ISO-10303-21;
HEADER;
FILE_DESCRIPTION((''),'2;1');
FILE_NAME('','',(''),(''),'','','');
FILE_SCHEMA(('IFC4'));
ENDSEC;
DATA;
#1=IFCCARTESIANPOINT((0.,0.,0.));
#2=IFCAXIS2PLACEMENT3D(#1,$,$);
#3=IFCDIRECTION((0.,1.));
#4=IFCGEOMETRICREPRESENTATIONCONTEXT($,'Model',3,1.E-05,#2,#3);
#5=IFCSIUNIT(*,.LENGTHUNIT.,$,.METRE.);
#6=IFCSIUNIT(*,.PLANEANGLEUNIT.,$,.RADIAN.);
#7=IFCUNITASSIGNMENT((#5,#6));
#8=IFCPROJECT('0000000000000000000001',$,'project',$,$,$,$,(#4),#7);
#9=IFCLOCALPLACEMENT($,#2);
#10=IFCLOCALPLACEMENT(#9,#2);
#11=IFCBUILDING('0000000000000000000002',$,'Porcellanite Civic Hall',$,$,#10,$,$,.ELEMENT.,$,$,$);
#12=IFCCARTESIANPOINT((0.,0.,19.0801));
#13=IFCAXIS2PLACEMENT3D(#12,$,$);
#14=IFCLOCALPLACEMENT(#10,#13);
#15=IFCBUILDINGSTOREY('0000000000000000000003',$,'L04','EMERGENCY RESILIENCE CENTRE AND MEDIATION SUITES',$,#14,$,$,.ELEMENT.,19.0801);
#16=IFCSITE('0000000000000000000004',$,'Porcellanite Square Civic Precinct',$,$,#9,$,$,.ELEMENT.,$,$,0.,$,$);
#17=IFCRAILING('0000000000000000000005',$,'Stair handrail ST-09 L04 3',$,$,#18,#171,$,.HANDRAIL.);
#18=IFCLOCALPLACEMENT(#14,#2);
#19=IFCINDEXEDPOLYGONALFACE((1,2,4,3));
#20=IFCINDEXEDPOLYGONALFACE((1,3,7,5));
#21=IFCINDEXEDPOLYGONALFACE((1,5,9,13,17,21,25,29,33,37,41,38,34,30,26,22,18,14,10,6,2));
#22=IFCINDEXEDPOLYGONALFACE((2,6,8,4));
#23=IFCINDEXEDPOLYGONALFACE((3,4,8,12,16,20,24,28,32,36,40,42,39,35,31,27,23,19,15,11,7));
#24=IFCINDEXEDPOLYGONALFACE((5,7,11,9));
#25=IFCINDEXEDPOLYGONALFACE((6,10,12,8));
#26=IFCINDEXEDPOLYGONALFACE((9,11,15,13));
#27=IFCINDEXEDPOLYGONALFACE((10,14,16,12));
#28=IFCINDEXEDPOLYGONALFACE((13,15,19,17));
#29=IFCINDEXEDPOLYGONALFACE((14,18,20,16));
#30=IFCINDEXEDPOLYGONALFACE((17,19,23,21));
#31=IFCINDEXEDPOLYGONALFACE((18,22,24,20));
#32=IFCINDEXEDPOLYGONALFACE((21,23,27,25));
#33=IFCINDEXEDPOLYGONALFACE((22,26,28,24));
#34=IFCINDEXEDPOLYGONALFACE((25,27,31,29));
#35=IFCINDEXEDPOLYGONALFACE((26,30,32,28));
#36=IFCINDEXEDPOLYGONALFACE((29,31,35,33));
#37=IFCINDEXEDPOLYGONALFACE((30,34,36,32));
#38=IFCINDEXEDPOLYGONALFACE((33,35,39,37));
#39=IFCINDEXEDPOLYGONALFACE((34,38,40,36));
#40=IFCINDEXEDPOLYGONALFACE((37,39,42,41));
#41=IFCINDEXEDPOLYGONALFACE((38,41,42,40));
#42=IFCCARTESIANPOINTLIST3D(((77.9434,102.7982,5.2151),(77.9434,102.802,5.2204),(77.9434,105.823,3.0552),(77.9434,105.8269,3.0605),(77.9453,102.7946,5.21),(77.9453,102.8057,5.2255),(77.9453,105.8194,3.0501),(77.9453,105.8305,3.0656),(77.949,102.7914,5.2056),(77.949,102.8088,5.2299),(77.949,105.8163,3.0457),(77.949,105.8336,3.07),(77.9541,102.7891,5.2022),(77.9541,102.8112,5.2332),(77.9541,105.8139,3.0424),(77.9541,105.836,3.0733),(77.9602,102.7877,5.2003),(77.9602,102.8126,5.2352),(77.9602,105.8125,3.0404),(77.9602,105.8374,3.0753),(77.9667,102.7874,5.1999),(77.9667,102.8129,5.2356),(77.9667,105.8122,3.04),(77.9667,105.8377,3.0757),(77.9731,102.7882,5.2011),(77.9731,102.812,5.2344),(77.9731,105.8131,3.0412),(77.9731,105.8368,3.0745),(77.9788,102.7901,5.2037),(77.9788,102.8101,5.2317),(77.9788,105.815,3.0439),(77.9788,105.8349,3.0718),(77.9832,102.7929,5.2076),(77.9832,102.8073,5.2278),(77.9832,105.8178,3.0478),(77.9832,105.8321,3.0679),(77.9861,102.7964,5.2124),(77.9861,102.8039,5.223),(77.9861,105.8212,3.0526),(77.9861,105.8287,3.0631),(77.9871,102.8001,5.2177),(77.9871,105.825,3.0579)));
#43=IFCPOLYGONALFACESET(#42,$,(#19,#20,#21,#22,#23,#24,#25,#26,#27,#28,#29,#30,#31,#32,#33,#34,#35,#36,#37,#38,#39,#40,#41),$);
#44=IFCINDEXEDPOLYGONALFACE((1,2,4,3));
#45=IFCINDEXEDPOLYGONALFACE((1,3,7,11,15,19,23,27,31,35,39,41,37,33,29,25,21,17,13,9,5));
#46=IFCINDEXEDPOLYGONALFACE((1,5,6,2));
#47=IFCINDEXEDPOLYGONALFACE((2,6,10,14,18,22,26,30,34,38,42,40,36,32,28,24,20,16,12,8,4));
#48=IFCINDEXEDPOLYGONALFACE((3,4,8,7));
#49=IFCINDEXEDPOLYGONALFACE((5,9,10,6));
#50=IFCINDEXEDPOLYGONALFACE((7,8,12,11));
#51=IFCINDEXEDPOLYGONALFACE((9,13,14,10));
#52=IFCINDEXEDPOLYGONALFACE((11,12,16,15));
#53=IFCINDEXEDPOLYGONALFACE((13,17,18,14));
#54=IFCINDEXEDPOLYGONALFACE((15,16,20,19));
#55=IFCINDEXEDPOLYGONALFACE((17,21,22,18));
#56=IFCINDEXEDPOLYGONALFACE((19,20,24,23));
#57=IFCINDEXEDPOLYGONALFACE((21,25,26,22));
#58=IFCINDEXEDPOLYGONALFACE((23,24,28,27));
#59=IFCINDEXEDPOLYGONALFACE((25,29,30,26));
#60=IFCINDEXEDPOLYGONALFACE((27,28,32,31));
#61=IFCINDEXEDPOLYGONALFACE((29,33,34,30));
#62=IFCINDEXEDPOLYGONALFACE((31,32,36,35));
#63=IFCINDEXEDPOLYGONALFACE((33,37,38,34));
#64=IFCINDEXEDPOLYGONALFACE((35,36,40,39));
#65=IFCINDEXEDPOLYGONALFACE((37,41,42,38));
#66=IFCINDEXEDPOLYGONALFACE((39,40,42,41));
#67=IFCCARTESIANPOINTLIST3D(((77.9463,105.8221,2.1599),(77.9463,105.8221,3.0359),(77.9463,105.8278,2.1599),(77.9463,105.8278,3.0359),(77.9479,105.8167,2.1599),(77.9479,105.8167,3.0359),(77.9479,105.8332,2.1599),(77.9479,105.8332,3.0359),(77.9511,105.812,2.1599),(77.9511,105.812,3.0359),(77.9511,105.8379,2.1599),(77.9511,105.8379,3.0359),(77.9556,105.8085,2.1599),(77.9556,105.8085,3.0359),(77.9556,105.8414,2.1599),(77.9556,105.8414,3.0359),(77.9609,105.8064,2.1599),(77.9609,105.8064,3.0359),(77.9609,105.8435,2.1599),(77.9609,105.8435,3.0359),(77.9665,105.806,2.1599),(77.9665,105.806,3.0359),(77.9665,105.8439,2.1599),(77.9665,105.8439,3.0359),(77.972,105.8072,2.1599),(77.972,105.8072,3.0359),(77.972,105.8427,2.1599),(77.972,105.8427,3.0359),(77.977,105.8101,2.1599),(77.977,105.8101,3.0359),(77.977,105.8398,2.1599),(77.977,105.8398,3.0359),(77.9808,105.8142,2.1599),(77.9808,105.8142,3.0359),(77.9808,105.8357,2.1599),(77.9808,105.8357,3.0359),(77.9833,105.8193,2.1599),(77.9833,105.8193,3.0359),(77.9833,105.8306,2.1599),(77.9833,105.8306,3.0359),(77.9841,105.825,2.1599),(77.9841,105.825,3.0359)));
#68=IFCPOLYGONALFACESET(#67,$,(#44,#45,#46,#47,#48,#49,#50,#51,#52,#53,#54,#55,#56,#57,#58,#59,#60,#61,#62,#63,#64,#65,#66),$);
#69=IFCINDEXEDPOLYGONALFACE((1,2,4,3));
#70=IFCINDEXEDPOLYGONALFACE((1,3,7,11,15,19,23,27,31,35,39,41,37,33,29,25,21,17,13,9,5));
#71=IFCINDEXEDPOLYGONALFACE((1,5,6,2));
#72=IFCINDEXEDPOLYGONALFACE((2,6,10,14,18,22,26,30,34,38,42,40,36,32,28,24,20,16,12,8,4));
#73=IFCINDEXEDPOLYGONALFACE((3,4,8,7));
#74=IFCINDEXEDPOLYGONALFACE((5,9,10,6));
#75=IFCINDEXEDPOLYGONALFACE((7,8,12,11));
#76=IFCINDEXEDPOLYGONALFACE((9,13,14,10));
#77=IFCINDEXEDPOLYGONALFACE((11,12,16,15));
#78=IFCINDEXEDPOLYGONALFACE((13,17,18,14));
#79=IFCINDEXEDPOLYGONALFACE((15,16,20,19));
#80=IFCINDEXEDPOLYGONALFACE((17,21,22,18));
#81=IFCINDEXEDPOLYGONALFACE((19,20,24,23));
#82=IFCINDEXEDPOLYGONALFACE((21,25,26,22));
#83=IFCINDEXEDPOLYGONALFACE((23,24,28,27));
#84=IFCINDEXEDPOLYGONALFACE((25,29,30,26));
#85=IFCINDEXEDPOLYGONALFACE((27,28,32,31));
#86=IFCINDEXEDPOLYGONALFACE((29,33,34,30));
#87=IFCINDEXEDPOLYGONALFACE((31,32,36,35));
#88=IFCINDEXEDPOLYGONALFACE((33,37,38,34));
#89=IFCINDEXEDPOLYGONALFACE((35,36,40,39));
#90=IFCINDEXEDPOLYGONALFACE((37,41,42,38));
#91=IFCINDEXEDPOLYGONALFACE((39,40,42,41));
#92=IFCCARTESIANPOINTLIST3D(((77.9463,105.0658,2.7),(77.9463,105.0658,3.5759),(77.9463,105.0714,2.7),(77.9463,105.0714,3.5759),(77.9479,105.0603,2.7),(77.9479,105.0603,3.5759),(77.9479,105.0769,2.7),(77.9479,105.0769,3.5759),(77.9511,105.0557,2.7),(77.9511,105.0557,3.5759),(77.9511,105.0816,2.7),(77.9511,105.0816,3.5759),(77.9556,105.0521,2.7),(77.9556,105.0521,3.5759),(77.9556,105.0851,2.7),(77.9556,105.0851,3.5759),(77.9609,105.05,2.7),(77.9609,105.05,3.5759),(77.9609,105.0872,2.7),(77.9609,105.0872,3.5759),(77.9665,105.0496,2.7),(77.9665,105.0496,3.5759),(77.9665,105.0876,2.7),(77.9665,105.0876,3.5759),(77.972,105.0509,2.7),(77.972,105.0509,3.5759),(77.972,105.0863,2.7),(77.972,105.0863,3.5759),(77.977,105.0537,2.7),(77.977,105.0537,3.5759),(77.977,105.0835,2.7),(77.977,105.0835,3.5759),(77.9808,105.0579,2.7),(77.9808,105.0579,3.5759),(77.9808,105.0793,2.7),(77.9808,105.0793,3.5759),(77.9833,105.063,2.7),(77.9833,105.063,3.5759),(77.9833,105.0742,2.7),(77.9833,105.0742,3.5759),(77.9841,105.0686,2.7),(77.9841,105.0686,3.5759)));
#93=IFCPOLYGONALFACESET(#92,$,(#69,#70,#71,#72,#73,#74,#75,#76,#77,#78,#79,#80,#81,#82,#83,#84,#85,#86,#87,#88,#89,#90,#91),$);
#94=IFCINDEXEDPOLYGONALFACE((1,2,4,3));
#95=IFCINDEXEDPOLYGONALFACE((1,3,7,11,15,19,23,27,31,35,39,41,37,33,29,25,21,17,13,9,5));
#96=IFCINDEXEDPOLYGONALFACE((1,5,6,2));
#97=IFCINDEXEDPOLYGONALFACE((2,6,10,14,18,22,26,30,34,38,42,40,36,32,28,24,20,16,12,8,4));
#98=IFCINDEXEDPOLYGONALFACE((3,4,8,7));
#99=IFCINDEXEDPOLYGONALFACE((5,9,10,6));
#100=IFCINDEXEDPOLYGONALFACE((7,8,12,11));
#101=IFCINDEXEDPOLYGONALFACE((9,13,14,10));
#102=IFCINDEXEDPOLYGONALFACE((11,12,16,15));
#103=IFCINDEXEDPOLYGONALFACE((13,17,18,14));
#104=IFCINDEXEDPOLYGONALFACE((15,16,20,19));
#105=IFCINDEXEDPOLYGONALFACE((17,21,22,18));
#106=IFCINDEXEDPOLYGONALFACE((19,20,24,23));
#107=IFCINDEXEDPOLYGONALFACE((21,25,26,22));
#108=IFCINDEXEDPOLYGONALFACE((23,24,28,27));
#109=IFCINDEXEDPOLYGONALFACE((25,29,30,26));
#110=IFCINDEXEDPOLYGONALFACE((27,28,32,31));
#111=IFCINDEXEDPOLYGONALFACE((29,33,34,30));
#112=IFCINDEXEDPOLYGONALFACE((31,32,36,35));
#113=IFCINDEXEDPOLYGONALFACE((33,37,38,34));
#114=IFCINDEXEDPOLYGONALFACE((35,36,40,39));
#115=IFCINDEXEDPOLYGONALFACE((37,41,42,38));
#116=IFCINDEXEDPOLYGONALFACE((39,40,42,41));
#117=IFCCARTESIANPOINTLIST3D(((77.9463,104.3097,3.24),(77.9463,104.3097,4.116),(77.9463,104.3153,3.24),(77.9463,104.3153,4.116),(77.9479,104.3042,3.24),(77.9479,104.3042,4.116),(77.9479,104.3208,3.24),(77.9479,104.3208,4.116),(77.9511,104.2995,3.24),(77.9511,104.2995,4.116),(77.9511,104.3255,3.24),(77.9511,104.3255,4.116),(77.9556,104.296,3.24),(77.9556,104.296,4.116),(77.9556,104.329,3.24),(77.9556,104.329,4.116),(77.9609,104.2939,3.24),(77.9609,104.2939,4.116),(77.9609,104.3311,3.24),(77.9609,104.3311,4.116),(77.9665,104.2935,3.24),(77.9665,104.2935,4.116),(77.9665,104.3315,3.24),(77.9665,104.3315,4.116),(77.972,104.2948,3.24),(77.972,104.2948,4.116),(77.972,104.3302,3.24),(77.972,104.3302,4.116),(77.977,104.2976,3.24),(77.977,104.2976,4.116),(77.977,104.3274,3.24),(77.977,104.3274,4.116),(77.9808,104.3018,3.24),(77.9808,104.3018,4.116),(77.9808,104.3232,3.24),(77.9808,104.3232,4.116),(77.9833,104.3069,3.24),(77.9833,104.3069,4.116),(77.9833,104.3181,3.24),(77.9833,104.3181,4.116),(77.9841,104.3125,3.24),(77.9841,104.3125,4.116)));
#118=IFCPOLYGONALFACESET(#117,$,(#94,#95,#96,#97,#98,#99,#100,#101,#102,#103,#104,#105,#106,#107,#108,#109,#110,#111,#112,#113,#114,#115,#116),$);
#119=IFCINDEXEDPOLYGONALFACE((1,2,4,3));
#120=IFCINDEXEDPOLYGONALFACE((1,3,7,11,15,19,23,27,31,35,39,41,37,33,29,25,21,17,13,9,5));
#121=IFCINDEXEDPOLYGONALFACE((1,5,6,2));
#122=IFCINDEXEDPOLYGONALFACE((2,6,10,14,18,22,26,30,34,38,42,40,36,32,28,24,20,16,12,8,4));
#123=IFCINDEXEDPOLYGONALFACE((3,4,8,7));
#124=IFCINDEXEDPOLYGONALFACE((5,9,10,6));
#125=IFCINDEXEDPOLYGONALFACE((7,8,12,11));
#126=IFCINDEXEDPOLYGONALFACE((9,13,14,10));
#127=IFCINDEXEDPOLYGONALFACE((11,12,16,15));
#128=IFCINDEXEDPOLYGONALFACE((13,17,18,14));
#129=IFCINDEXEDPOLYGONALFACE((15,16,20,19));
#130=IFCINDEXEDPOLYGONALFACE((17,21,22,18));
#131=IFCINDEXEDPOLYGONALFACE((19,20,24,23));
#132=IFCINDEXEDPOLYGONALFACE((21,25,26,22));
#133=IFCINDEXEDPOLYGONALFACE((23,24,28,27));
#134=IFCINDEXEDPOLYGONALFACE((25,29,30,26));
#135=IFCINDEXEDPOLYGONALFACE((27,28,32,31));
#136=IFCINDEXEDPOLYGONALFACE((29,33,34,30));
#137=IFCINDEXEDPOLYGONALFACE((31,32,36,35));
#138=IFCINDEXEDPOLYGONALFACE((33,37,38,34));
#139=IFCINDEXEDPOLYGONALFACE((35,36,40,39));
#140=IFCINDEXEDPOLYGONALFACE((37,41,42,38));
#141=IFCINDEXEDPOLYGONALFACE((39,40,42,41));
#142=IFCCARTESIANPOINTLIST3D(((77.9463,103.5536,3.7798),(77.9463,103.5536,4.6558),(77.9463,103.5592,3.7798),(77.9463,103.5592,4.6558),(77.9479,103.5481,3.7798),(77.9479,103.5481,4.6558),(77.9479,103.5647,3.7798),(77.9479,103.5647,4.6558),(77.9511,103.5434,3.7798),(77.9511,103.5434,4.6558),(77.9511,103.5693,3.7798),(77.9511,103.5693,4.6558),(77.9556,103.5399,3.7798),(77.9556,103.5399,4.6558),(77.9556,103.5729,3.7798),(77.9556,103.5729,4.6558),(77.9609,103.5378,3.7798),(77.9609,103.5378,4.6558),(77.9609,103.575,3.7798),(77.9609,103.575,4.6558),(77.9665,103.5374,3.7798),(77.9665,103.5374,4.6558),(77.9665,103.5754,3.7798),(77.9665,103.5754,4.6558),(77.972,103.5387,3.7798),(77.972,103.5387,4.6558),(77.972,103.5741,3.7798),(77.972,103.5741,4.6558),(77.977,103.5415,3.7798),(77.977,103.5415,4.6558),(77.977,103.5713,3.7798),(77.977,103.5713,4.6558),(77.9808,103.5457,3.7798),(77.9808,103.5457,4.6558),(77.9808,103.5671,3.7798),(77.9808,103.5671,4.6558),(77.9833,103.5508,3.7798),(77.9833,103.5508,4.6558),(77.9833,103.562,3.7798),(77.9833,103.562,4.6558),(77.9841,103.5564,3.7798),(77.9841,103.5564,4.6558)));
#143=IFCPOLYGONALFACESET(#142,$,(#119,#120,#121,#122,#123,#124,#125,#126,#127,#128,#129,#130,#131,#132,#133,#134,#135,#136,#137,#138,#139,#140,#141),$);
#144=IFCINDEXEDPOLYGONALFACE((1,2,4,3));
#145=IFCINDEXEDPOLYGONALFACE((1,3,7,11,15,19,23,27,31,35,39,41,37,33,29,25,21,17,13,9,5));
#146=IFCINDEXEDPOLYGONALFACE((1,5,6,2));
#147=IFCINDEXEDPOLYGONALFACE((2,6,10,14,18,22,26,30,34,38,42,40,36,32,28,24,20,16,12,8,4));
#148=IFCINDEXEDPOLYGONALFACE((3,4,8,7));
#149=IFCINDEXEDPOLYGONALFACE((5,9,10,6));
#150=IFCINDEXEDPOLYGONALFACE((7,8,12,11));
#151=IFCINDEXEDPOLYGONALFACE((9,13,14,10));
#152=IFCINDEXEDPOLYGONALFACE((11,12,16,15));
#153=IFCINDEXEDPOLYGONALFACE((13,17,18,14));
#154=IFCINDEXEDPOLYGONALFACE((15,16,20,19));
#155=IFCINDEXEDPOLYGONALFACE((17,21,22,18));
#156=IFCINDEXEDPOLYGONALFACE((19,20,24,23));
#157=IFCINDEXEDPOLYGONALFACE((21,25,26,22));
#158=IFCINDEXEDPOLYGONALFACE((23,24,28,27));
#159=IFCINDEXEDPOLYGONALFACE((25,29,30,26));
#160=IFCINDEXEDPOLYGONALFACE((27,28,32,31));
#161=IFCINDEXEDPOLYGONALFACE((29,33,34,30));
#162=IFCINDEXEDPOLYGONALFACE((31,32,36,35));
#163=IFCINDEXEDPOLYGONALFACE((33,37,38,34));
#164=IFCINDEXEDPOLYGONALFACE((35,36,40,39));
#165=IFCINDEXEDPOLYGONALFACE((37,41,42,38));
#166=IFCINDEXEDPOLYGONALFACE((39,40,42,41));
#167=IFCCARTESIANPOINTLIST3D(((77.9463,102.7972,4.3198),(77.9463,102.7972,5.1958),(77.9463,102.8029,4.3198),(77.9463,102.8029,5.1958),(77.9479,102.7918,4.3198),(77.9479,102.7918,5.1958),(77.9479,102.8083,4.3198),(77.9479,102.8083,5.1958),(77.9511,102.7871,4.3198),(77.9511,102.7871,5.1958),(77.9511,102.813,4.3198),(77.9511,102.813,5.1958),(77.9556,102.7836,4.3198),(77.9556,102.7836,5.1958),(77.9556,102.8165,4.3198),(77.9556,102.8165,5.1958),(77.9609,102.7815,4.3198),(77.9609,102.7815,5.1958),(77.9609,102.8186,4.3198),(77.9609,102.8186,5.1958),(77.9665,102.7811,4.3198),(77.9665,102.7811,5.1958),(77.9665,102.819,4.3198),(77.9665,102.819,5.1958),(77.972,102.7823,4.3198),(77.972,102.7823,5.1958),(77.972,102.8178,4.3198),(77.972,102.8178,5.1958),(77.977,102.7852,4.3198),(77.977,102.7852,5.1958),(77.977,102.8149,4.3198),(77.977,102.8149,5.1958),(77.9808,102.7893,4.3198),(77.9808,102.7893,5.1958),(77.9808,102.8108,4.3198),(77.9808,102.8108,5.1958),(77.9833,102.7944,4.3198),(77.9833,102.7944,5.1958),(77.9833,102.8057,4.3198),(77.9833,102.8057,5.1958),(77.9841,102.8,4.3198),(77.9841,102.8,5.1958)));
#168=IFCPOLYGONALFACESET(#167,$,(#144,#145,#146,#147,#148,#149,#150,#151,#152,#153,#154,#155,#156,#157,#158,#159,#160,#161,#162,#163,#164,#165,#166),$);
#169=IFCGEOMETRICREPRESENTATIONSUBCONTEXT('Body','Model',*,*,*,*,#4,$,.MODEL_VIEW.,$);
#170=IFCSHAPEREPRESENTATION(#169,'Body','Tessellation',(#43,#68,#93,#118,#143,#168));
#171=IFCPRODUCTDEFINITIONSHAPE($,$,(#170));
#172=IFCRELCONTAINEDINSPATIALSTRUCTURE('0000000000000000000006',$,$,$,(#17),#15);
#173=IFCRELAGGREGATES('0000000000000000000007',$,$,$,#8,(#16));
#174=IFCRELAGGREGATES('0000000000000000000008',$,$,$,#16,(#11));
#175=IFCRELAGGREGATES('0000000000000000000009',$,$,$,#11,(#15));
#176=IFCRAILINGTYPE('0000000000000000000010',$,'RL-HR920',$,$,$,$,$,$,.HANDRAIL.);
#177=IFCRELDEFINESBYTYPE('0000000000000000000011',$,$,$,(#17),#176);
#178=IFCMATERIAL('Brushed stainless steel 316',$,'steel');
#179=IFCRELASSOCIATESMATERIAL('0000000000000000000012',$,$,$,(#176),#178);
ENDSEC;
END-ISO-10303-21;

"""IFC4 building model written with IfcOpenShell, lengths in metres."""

from ifc_helpers import new_model, si_unit, direction, frame, origin, origin_2d, place, context, subcontext, project, spatial, circle, extrude, material, type_object, element, save


model = new_model("IFC4")

# Units and contexts
model_context = context("Model", 3, precision=1e-05, world=origin(), true_north=direction((0.0, 1.0)))
body_context = subcontext(model_context, "Body", "Model", "MODEL_VIEW")
ifc_project = project(units=[si_unit("LENGTHUNIT", "METRE"), si_unit("PLANEANGLEUNIT", "RADIAN")], contexts=[model_context])

# Site, building, storey
site_placement = place(None, origin())
site = spatial("IfcSite", under=ifc_project, at=site_placement, Name="Porcellanite Square Civic Precinct", CompositionType="ELEMENT", RefElevation=0.0)
building_placement = place(site_placement, origin())
building = spatial("IfcBuilding", under=site, at=building_placement, Name="Porcellanite Civic Hall", CompositionType="ELEMENT")
storey_placement = place(building_placement, frame((0.0, 0.0, 19.0801)))
storey = spatial("IfcBuildingStorey", under=building, at=storey_placement, Name="L04", Description="EMERGENCY RESILIENCE CENTRE AND MEDIATION SUITES", CompositionType="ELEMENT", Elevation=19.0801)

# Railing
ifc_material_1 = material(Name="Brushed stainless steel 316", Category="steel")
railing_type_1 = type_object("IfcRailingType", Name="RL-HR920", PredefinedType="HANDRAIL", material=ifc_material_1)
railing_1_placement = place(storey_placement, frame((77.9651, 105.825, 2.1599)))
element("IfcRailing", 1, at=railing_1_placement, inside=storey, type_object=railing_type_1, Name="Stair handrail ST-09 L04 3", PredefinedType="HANDRAIL", context=body_context, shape_type="SweptSolid", body=[
    extrude(circle(Radius=0.022, at=origin_2d()), frame((0.0, 0.0, 0.8979), z_axis=(0.0, -0.813827, 0.581108), x_axis=(1.0, 0.0, 0.0)), (0.0, 0.0, 1.0), 3.7168),
    extrude(circle(Radius=0.019, at=origin_2d()), origin(), (0.0, 0.0, 1.0), 0.876),
    extrude(circle(Radius=0.019, at=origin_2d()), frame((0.0, -0.7563, 0.54)), (0.0, 0.0, 1.0), 0.876),
    extrude(circle(Radius=0.019, at=origin_2d()), frame((0.0, -1.5125, 1.0801)), (0.0, 0.0, 1.0), 0.876),
    extrude(circle(Radius=0.019, at=origin_2d()), frame((0.0, -2.2686, 1.6199)), (0.0, 0.0, 1.0), 0.876),
    extrude(circle(Radius=0.019, at=origin_2d()), frame((0.0, -3.0249, 2.1599)), (0.0, 0.0, 1.0), 0.876),
])

save(model, "model.ifc")
